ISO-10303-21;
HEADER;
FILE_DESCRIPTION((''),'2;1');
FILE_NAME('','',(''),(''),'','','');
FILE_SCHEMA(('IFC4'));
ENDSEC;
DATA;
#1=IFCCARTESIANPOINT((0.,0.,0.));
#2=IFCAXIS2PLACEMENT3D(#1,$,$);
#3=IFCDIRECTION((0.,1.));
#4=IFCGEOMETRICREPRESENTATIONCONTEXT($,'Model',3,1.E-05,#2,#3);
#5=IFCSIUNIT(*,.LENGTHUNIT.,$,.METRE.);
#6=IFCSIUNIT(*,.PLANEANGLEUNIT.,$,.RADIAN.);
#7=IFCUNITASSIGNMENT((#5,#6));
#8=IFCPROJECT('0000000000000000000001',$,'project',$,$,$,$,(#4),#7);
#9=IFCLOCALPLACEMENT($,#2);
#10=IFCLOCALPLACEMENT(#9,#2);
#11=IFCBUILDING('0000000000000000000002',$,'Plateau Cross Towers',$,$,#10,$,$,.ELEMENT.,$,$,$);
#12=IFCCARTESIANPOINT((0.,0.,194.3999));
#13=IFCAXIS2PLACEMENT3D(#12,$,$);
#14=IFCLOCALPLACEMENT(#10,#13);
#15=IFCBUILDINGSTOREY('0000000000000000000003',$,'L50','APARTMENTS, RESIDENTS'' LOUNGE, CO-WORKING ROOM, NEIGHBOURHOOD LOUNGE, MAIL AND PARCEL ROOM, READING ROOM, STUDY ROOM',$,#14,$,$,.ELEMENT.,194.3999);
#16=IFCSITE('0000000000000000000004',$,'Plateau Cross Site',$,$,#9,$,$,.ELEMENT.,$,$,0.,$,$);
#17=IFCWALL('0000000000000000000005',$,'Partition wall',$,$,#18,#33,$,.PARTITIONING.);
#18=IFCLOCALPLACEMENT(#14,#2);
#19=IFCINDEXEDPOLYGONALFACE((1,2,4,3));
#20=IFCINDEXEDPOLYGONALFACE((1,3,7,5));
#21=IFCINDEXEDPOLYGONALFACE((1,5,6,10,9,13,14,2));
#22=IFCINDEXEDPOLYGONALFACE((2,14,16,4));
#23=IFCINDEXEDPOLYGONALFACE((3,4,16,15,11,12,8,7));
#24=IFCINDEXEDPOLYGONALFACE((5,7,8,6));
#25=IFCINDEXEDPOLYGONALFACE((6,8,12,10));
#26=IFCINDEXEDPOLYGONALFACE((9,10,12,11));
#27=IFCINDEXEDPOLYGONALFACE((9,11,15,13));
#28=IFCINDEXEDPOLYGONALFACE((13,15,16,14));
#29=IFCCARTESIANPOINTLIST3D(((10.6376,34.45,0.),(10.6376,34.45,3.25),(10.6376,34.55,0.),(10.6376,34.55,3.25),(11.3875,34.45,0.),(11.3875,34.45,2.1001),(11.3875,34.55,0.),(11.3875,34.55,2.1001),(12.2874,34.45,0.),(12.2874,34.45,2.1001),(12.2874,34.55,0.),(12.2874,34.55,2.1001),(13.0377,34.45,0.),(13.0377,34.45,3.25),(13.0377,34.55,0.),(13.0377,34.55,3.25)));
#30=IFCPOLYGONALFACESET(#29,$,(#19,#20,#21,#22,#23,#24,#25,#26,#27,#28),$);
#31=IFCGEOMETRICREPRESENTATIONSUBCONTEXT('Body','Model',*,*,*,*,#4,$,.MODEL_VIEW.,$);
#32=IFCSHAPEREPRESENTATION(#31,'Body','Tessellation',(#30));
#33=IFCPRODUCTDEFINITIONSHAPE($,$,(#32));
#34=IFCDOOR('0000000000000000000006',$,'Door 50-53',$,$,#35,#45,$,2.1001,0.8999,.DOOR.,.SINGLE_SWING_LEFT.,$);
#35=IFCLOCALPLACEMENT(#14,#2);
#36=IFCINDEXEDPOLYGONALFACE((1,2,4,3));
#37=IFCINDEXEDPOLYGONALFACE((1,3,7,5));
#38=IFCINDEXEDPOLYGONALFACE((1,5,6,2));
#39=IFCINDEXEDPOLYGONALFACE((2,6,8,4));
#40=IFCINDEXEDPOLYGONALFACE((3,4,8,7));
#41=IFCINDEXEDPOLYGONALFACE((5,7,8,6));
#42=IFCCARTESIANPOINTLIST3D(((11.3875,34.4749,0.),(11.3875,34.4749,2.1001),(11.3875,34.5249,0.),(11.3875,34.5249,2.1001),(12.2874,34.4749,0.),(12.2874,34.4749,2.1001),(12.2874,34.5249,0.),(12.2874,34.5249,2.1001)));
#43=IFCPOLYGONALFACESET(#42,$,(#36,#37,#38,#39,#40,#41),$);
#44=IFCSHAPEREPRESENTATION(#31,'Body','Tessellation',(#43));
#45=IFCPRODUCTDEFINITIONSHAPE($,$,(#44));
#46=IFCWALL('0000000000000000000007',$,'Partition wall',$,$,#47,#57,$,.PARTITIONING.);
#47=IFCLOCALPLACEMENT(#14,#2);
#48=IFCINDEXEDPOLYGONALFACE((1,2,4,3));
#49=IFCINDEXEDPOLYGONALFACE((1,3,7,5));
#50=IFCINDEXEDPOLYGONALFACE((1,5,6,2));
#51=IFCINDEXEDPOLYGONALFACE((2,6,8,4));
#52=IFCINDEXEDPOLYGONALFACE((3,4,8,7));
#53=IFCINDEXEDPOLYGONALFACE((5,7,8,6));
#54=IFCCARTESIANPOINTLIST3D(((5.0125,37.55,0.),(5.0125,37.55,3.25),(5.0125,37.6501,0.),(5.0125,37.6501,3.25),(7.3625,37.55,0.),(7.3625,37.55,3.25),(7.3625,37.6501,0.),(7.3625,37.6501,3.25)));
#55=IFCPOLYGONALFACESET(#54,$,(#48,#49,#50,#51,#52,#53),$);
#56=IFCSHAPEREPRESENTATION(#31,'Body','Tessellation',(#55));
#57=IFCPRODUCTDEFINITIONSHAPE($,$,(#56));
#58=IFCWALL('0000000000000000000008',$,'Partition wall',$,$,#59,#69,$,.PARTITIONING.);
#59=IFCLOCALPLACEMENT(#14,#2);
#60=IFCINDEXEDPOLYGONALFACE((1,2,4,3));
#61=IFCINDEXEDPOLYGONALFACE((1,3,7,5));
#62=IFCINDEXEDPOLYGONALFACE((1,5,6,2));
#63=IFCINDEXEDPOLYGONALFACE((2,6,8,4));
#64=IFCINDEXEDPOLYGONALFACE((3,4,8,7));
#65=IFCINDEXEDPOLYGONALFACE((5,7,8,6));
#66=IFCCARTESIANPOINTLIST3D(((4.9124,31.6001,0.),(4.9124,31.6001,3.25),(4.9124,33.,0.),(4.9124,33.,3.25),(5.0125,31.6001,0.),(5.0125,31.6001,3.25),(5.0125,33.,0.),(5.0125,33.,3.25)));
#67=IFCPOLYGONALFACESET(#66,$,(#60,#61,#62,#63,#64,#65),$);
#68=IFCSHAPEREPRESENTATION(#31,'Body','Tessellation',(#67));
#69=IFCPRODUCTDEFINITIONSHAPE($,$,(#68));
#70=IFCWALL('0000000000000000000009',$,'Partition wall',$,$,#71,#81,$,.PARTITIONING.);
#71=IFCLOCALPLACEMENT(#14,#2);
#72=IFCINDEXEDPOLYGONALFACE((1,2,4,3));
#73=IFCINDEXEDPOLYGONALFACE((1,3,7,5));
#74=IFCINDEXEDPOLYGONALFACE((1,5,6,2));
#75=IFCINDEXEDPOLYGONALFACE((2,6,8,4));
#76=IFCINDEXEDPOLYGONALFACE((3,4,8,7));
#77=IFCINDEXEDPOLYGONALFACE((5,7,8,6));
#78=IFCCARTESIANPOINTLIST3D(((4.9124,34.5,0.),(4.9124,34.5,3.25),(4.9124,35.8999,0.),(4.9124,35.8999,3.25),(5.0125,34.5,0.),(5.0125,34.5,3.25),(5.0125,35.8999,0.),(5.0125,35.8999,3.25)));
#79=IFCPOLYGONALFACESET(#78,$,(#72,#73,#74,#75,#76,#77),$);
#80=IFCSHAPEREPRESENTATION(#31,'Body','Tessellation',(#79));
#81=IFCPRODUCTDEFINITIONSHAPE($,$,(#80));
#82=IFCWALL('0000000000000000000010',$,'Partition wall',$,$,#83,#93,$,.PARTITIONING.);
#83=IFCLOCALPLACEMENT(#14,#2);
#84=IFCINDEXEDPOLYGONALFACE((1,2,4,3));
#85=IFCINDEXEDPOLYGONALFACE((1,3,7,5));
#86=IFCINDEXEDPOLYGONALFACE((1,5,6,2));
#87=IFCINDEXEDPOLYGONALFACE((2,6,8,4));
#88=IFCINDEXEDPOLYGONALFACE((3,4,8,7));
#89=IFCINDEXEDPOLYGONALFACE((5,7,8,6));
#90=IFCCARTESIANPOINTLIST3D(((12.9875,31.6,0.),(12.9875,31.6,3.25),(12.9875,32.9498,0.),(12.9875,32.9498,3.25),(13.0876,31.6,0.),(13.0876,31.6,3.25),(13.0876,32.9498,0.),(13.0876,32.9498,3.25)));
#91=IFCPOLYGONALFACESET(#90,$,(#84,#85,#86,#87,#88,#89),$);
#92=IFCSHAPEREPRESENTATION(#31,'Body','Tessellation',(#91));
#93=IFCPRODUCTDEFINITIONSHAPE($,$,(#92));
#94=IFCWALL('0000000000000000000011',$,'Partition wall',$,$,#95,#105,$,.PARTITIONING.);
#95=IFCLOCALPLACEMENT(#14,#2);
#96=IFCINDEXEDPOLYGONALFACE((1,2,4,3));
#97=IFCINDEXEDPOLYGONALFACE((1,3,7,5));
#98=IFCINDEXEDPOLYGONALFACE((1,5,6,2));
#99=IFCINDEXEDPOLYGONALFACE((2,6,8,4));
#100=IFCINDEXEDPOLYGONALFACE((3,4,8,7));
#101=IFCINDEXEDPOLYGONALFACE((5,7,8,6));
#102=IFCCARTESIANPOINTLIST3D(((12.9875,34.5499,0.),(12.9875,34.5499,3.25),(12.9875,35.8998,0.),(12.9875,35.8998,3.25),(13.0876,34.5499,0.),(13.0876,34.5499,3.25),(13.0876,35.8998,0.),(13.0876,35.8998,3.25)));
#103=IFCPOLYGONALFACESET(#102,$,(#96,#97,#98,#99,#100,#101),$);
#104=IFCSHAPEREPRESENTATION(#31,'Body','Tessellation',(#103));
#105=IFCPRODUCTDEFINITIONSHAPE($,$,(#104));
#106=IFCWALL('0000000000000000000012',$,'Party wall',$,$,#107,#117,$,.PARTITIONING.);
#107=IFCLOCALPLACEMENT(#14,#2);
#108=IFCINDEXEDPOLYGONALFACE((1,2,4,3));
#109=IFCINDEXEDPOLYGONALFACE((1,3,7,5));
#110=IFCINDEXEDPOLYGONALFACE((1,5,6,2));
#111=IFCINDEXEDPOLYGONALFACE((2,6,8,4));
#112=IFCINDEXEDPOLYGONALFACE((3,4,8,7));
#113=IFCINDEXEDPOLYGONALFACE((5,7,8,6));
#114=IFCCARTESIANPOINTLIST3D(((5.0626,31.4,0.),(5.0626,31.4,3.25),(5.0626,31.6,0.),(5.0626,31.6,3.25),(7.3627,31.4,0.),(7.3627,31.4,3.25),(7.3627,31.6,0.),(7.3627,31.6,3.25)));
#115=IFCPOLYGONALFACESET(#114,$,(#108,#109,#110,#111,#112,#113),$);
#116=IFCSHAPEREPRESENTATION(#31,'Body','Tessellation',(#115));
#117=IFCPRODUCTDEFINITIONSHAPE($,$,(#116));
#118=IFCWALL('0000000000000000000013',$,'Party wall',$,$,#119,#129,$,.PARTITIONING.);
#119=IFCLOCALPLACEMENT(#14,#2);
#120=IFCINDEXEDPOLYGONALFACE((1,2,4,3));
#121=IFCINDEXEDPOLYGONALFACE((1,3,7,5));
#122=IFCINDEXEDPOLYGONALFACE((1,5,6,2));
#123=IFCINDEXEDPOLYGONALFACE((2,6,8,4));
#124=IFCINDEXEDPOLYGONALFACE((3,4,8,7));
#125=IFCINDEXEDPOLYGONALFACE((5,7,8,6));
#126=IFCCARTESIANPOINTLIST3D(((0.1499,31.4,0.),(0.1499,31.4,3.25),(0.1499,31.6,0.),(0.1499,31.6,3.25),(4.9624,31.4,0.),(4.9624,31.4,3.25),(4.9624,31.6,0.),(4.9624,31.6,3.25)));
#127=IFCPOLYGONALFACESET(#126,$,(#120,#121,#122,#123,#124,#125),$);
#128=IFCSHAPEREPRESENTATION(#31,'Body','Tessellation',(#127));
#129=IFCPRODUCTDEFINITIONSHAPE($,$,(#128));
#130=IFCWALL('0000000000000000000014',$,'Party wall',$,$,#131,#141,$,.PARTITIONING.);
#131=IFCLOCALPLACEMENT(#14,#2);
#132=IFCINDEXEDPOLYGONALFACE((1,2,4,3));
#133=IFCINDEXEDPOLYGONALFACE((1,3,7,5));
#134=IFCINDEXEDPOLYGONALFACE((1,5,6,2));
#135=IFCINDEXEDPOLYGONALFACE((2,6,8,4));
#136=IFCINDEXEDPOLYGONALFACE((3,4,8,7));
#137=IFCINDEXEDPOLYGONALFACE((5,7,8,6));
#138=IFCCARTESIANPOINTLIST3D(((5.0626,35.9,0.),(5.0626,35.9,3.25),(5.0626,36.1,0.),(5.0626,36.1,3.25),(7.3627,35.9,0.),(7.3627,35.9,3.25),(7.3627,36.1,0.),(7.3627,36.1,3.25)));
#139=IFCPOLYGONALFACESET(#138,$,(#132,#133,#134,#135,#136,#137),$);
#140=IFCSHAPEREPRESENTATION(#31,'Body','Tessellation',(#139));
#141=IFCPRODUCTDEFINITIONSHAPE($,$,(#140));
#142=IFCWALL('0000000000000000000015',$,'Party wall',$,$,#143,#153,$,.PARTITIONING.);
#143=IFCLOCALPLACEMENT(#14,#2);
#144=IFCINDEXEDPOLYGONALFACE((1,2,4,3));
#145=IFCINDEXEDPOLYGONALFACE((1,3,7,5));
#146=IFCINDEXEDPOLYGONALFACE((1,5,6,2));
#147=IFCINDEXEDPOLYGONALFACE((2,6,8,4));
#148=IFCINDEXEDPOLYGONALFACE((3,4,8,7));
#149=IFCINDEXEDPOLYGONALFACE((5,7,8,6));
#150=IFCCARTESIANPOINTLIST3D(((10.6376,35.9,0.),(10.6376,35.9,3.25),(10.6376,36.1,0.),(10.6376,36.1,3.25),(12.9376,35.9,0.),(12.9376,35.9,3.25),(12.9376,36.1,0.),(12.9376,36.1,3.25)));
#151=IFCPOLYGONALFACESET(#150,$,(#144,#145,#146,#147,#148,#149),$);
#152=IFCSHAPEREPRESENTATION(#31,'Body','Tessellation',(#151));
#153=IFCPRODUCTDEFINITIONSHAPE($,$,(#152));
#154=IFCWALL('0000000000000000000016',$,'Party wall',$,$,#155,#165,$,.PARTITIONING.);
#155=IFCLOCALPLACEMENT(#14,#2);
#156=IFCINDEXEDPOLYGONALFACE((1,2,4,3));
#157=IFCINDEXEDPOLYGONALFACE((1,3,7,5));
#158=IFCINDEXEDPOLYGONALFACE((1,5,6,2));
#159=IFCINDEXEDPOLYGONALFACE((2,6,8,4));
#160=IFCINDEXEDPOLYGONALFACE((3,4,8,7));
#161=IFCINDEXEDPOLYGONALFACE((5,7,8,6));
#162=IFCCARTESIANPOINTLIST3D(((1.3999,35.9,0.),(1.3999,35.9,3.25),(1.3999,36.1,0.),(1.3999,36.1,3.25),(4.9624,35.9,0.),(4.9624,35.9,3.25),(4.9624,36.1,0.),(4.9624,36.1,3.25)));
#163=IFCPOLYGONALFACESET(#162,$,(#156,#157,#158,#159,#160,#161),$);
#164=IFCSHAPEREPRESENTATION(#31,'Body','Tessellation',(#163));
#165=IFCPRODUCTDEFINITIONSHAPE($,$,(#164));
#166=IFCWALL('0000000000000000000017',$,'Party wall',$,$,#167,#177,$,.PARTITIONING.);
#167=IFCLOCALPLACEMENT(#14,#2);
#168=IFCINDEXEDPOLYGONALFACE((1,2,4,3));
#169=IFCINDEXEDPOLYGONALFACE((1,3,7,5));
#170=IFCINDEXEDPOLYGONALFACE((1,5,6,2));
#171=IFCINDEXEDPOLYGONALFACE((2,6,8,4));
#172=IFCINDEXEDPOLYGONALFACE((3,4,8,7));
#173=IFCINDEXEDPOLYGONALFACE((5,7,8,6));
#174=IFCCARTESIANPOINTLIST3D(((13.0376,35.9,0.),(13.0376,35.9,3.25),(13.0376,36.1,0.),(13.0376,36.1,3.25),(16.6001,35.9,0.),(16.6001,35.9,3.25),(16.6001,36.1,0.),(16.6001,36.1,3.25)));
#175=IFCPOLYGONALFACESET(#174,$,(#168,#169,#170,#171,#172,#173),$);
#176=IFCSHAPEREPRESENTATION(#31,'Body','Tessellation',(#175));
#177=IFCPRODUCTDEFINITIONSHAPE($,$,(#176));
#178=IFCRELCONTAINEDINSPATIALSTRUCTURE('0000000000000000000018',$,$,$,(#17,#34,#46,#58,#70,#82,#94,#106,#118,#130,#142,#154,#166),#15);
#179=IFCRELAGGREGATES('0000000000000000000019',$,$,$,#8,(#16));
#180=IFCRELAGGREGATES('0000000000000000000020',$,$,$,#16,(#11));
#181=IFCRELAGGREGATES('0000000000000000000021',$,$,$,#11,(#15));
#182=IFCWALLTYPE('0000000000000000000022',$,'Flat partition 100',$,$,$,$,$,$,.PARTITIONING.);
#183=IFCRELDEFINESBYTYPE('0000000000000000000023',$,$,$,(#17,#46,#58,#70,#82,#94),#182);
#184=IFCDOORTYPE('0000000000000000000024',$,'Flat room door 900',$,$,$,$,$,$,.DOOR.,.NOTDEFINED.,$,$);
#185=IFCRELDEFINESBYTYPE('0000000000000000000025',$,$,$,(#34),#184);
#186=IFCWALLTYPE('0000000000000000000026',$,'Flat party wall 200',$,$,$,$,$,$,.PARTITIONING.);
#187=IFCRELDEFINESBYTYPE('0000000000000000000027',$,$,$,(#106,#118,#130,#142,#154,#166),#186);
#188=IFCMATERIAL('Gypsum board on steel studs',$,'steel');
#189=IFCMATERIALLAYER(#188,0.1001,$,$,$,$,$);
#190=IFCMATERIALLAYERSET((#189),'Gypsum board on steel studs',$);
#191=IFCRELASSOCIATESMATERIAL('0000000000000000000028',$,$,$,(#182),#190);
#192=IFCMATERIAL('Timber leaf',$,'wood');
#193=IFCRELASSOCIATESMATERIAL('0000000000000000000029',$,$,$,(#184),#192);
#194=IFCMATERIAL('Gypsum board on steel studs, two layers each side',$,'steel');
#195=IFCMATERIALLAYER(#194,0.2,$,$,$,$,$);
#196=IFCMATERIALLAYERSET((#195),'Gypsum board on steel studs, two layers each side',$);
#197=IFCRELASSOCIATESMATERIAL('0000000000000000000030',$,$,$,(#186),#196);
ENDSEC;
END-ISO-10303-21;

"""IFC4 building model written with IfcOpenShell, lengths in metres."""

from ifc_helpers import new_model, si_unit, direction, frame, frame_2d, origin, place, context, subcontext, project, spatial, rectangle, extrude, material, layer, layer_set, type_object, element, fill, save


model = new_model("IFC4")

# Units and contexts
model_context = context("Model", 3, precision=1e-05, world=origin(), true_north=direction((0.0, 1.0)))
body_context = subcontext(model_context, "Body", "Model", "MODEL_VIEW")
ifc_project = project(units=[si_unit("LENGTHUNIT", "METRE"), si_unit("PLANEANGLEUNIT", "RADIAN")], contexts=[model_context])

# Site, building, storey
site_placement = place(None, origin())
site = spatial("IfcSite", under=ifc_project, at=site_placement, Name="Plateau Cross Site", CompositionType="ELEMENT", RefElevation=0.0)
building_placement = place(site_placement, origin())
building = spatial("IfcBuilding", under=site, at=building_placement, Name="Plateau Cross Towers", CompositionType="ELEMENT")
storey_placement = place(building_placement, frame((0.0, 0.0, 194.3999)))
storey = spatial("IfcBuildingStorey", under=building, at=storey_placement, Name="L50", Description="APARTMENTS, RESIDENTS' LOUNGE, CO-WORKING ROOM, NEIGHBOURHOOD LOUNGE, MAIL AND PARCEL ROOM, READING ROOM, STUDY ROOM", CompositionType="ELEMENT", Elevation=194.3999)

# Wall, opening, door
ifc_material_1 = material(Name="Gypsum board on steel studs", Category="steel")
ifc_layer_1 = layer(ifc_material_1, 0.1001)
ifc_layer_set_1 = layer_set([ifc_layer_1], Name="Gypsum board on steel studs")
wall_type_1 = type_object("IfcWallType", Name="Flat partition 100", PredefinedType="PARTITIONING", material=ifc_layer_set_1)
ifc_material_2 = material(Name="Timber leaf", Category="wood")
door_type_1 = type_object("IfcDoorType", Name="Flat room door 900", OperationType="NOTDEFINED", PredefinedType="DOOR", material=ifc_material_2)
wall_1_placement = place(storey_placement, frame((10.6375, 34.5, 0.0), z_axis=(0.0, 0.0, 1.0), x_axis=(1.0, 0.0, 0.0)))
wall_1 = element("IfcWall", 1, at=wall_1_placement, inside=storey, type_object=wall_type_1, Name="Partition wall", PredefinedType="PARTITIONING", context=body_context, shape_type="SweptSolid", body=[
    extrude(rectangle(XDim=2.4001, YDim=0.1001, at=frame_2d((1.2002, 0.0))), origin(), (0.0, 0.0, 1.0), 3.25),
])
opening_1_placement = place(wall_1_placement, frame((0.75, 0.0, 0.0)))
opening_1 = element("IfcOpeningElement", 2, at=opening_1_placement, cuts=wall_1, PredefinedType="OPENING", context=body_context, shape_type="SweptSolid", body=[
    extrude(rectangle(XDim=0.8999, YDim=2.1001, at=frame_2d((0.45, 1.05))), frame((0.0, 0.0601, 0.0), z_axis=(0.0, -1.0, 0.0), x_axis=(1.0, 0.0, 0.0)), (0.0, 0.0, 1.0), 0.1201),
])
door_1_placement = place(opening_1_placement, origin())
door_1 = element("IfcDoor", 3, at=door_1_placement, inside=storey, type_object=door_type_1, Name="Door 50-53", OperationType="SINGLE_SWING_LEFT", OverallHeight=2.1001, OverallWidth=0.8999, PredefinedType="DOOR", context=body_context, shape_type="SweptSolid", body=[
    extrude(rectangle(XDim=0.8999, YDim=2.1001, at=frame_2d((0.45, 1.05))), frame((0.0, 0.0249, 0.0), z_axis=(0.0, -1.0, 0.0), x_axis=(1.0, 0.0, 0.0)), (0.0, 0.0, 1.0), 0.05),
])
fill(opening_1, door_1)

# Walls
wall_2_placement = place(storey_placement, frame((7.3625, 37.6001, 0.0), z_axis=(0.0, 0.0, 1.0), x_axis=(-1.0, 0.0, 0.0)))
element("IfcWall", 4, at=wall_2_placement, inside=storey, type_object=wall_type_1, Name="Partition wall", PredefinedType="PARTITIONING", context=body_context, shape_type="SweptSolid", body=[
    extrude(rectangle(XDim=2.3501, YDim=0.1001, at=frame_2d((1.175, 0.0))), origin(), (0.0, 0.0, 1.0), 3.25),
])
for number, where, z_axis, x_axis, name in (
    (5, (4.9624, 33.0, 0.0), (0.0, 0.0, 1.0), (0.0, -1.0, 0.0), "Partition wall"),
    (6, (4.9624, 35.8999, 0.0), (0.0, 0.0, 1.0), (0.0, -1.0, 0.0), "Partition wall"),
):
    element("IfcWall", number, at=place(storey_placement, frame(where, z_axis=z_axis, x_axis=x_axis)), inside=storey, type_object=wall_type_1, Name=name, PredefinedType="PARTITIONING", context=body_context, shape_type="SweptSolid", body=[
        extrude(rectangle(XDim=1.3999, YDim=0.1001, at=frame_2d((0.7, 0.0))), origin(), (0.0, 0.0, 1.0), 3.25),
    ])
for number, where, z_axis, x_axis, name in (
    (7, (13.0376, 31.6001, 0.0), (0.0, 0.0, 1.0), (0.0, 1.0, 0.0), "Partition wall"),
    (8, (13.0376, 34.55, 0.0), (0.0, 0.0, 1.0), (0.0, 1.0, 0.0), "Partition wall"),
):
    element("IfcWall", number, at=place(storey_placement, frame(where, z_axis=z_axis, x_axis=x_axis)), inside=storey, type_object=wall_type_1, Name=name, PredefinedType="PARTITIONING", context=body_context, shape_type="SweptSolid", body=[
        extrude(rectangle(XDim=1.3499, YDim=0.1001, at=frame_2d((0.6748, 0.0))), origin(), (0.0, 0.0, 1.0), 3.25),
    ])
ifc_material_3 = material(Name="Gypsum board on steel studs, two layers each side", Category="steel")
ifc_layer_2 = layer(ifc_material_3, 0.2)
ifc_layer_set_2 = layer_set([ifc_layer_2], Name="Gypsum board on steel studs, two layers each side")
wall_type_2 = type_object("IfcWallType", Name="Flat party wall 200", PredefinedType="PARTITIONING", material=ifc_layer_set_2)
wall_3_placement = place(storey_placement, frame((7.3625, 31.5, 0.0), z_axis=(0.0, 0.0, 1.0), x_axis=(-1.0, 0.0, 0.0)))
element("IfcWall", 9, at=wall_3_placement, inside=storey, type_object=wall_type_2, Name="Party wall", PredefinedType="PARTITIONING", context=body_context, shape_type="SweptSolid", body=[
    extrude(rectangle(XDim=2.3, YDim=0.2, at=frame_2d((1.1499, 0.0))), origin(), (0.0, 0.0, 1.0), 3.25),
])
wall_4_placement = place(storey_placement, frame((0.1499, 31.5, 0.0), z_axis=(0.0, 0.0, 1.0), x_axis=(1.0, 0.0, 0.0)))
element("IfcWall", 10, at=wall_4_placement, inside=storey, type_object=wall_type_2, Name="Party wall", PredefinedType="PARTITIONING", context=body_context, shape_type="SweptSolid", body=[
    extrude(rectangle(XDim=4.8125, YDim=0.2, at=frame_2d((2.4062, 0.0))), origin(), (0.0, 0.0, 1.0), 3.25),
])
for number, where, z_axis, x_axis, name in (
    (11, (7.3625, 36.0, 0.0), (0.0, 0.0, 1.0), (-1.0, 0.0, 0.0), "Party wall"),
    (12, (12.9375, 36.0, 0.0), (0.0, 0.0, 1.0), (-1.0, 0.0, 0.0), "Party wall"),
):
    element("IfcWall", number, at=place(storey_placement, frame(where, z_axis=z_axis, x_axis=x_axis)), inside=storey, type_object=wall_type_2, Name=name, PredefinedType="PARTITIONING", context=body_context, shape_type="SweptSolid", body=[
        extrude(rectangle(XDim=2.3, YDim=0.2, at=frame_2d((1.1499, 0.0))), origin(), (0.0, 0.0, 1.0), 3.25),
    ])
for number, where, z_axis, x_axis, name in (
    (13, (1.3999, 36.0, 0.0), (0.0, 0.0, 1.0), (1.0, 0.0, 0.0), "Party wall"),
    (14, (13.0376, 36.0, 0.0), (0.0, 0.0, 1.0), (1.0, 0.0, 0.0), "Party wall"),
):
    element("IfcWall", number, at=place(storey_placement, frame(where, z_axis=z_axis, x_axis=x_axis)), inside=storey, type_object=wall_type_2, Name=name, PredefinedType="PARTITIONING", context=body_context, shape_type="SweptSolid", body=[
        extrude(rectangle(XDim=3.5625, YDim=0.2, at=frame_2d((1.7812, 0.0))), origin(), (0.0, 0.0, 1.0), 3.25),
    ])

save(model, "model.ifc")
